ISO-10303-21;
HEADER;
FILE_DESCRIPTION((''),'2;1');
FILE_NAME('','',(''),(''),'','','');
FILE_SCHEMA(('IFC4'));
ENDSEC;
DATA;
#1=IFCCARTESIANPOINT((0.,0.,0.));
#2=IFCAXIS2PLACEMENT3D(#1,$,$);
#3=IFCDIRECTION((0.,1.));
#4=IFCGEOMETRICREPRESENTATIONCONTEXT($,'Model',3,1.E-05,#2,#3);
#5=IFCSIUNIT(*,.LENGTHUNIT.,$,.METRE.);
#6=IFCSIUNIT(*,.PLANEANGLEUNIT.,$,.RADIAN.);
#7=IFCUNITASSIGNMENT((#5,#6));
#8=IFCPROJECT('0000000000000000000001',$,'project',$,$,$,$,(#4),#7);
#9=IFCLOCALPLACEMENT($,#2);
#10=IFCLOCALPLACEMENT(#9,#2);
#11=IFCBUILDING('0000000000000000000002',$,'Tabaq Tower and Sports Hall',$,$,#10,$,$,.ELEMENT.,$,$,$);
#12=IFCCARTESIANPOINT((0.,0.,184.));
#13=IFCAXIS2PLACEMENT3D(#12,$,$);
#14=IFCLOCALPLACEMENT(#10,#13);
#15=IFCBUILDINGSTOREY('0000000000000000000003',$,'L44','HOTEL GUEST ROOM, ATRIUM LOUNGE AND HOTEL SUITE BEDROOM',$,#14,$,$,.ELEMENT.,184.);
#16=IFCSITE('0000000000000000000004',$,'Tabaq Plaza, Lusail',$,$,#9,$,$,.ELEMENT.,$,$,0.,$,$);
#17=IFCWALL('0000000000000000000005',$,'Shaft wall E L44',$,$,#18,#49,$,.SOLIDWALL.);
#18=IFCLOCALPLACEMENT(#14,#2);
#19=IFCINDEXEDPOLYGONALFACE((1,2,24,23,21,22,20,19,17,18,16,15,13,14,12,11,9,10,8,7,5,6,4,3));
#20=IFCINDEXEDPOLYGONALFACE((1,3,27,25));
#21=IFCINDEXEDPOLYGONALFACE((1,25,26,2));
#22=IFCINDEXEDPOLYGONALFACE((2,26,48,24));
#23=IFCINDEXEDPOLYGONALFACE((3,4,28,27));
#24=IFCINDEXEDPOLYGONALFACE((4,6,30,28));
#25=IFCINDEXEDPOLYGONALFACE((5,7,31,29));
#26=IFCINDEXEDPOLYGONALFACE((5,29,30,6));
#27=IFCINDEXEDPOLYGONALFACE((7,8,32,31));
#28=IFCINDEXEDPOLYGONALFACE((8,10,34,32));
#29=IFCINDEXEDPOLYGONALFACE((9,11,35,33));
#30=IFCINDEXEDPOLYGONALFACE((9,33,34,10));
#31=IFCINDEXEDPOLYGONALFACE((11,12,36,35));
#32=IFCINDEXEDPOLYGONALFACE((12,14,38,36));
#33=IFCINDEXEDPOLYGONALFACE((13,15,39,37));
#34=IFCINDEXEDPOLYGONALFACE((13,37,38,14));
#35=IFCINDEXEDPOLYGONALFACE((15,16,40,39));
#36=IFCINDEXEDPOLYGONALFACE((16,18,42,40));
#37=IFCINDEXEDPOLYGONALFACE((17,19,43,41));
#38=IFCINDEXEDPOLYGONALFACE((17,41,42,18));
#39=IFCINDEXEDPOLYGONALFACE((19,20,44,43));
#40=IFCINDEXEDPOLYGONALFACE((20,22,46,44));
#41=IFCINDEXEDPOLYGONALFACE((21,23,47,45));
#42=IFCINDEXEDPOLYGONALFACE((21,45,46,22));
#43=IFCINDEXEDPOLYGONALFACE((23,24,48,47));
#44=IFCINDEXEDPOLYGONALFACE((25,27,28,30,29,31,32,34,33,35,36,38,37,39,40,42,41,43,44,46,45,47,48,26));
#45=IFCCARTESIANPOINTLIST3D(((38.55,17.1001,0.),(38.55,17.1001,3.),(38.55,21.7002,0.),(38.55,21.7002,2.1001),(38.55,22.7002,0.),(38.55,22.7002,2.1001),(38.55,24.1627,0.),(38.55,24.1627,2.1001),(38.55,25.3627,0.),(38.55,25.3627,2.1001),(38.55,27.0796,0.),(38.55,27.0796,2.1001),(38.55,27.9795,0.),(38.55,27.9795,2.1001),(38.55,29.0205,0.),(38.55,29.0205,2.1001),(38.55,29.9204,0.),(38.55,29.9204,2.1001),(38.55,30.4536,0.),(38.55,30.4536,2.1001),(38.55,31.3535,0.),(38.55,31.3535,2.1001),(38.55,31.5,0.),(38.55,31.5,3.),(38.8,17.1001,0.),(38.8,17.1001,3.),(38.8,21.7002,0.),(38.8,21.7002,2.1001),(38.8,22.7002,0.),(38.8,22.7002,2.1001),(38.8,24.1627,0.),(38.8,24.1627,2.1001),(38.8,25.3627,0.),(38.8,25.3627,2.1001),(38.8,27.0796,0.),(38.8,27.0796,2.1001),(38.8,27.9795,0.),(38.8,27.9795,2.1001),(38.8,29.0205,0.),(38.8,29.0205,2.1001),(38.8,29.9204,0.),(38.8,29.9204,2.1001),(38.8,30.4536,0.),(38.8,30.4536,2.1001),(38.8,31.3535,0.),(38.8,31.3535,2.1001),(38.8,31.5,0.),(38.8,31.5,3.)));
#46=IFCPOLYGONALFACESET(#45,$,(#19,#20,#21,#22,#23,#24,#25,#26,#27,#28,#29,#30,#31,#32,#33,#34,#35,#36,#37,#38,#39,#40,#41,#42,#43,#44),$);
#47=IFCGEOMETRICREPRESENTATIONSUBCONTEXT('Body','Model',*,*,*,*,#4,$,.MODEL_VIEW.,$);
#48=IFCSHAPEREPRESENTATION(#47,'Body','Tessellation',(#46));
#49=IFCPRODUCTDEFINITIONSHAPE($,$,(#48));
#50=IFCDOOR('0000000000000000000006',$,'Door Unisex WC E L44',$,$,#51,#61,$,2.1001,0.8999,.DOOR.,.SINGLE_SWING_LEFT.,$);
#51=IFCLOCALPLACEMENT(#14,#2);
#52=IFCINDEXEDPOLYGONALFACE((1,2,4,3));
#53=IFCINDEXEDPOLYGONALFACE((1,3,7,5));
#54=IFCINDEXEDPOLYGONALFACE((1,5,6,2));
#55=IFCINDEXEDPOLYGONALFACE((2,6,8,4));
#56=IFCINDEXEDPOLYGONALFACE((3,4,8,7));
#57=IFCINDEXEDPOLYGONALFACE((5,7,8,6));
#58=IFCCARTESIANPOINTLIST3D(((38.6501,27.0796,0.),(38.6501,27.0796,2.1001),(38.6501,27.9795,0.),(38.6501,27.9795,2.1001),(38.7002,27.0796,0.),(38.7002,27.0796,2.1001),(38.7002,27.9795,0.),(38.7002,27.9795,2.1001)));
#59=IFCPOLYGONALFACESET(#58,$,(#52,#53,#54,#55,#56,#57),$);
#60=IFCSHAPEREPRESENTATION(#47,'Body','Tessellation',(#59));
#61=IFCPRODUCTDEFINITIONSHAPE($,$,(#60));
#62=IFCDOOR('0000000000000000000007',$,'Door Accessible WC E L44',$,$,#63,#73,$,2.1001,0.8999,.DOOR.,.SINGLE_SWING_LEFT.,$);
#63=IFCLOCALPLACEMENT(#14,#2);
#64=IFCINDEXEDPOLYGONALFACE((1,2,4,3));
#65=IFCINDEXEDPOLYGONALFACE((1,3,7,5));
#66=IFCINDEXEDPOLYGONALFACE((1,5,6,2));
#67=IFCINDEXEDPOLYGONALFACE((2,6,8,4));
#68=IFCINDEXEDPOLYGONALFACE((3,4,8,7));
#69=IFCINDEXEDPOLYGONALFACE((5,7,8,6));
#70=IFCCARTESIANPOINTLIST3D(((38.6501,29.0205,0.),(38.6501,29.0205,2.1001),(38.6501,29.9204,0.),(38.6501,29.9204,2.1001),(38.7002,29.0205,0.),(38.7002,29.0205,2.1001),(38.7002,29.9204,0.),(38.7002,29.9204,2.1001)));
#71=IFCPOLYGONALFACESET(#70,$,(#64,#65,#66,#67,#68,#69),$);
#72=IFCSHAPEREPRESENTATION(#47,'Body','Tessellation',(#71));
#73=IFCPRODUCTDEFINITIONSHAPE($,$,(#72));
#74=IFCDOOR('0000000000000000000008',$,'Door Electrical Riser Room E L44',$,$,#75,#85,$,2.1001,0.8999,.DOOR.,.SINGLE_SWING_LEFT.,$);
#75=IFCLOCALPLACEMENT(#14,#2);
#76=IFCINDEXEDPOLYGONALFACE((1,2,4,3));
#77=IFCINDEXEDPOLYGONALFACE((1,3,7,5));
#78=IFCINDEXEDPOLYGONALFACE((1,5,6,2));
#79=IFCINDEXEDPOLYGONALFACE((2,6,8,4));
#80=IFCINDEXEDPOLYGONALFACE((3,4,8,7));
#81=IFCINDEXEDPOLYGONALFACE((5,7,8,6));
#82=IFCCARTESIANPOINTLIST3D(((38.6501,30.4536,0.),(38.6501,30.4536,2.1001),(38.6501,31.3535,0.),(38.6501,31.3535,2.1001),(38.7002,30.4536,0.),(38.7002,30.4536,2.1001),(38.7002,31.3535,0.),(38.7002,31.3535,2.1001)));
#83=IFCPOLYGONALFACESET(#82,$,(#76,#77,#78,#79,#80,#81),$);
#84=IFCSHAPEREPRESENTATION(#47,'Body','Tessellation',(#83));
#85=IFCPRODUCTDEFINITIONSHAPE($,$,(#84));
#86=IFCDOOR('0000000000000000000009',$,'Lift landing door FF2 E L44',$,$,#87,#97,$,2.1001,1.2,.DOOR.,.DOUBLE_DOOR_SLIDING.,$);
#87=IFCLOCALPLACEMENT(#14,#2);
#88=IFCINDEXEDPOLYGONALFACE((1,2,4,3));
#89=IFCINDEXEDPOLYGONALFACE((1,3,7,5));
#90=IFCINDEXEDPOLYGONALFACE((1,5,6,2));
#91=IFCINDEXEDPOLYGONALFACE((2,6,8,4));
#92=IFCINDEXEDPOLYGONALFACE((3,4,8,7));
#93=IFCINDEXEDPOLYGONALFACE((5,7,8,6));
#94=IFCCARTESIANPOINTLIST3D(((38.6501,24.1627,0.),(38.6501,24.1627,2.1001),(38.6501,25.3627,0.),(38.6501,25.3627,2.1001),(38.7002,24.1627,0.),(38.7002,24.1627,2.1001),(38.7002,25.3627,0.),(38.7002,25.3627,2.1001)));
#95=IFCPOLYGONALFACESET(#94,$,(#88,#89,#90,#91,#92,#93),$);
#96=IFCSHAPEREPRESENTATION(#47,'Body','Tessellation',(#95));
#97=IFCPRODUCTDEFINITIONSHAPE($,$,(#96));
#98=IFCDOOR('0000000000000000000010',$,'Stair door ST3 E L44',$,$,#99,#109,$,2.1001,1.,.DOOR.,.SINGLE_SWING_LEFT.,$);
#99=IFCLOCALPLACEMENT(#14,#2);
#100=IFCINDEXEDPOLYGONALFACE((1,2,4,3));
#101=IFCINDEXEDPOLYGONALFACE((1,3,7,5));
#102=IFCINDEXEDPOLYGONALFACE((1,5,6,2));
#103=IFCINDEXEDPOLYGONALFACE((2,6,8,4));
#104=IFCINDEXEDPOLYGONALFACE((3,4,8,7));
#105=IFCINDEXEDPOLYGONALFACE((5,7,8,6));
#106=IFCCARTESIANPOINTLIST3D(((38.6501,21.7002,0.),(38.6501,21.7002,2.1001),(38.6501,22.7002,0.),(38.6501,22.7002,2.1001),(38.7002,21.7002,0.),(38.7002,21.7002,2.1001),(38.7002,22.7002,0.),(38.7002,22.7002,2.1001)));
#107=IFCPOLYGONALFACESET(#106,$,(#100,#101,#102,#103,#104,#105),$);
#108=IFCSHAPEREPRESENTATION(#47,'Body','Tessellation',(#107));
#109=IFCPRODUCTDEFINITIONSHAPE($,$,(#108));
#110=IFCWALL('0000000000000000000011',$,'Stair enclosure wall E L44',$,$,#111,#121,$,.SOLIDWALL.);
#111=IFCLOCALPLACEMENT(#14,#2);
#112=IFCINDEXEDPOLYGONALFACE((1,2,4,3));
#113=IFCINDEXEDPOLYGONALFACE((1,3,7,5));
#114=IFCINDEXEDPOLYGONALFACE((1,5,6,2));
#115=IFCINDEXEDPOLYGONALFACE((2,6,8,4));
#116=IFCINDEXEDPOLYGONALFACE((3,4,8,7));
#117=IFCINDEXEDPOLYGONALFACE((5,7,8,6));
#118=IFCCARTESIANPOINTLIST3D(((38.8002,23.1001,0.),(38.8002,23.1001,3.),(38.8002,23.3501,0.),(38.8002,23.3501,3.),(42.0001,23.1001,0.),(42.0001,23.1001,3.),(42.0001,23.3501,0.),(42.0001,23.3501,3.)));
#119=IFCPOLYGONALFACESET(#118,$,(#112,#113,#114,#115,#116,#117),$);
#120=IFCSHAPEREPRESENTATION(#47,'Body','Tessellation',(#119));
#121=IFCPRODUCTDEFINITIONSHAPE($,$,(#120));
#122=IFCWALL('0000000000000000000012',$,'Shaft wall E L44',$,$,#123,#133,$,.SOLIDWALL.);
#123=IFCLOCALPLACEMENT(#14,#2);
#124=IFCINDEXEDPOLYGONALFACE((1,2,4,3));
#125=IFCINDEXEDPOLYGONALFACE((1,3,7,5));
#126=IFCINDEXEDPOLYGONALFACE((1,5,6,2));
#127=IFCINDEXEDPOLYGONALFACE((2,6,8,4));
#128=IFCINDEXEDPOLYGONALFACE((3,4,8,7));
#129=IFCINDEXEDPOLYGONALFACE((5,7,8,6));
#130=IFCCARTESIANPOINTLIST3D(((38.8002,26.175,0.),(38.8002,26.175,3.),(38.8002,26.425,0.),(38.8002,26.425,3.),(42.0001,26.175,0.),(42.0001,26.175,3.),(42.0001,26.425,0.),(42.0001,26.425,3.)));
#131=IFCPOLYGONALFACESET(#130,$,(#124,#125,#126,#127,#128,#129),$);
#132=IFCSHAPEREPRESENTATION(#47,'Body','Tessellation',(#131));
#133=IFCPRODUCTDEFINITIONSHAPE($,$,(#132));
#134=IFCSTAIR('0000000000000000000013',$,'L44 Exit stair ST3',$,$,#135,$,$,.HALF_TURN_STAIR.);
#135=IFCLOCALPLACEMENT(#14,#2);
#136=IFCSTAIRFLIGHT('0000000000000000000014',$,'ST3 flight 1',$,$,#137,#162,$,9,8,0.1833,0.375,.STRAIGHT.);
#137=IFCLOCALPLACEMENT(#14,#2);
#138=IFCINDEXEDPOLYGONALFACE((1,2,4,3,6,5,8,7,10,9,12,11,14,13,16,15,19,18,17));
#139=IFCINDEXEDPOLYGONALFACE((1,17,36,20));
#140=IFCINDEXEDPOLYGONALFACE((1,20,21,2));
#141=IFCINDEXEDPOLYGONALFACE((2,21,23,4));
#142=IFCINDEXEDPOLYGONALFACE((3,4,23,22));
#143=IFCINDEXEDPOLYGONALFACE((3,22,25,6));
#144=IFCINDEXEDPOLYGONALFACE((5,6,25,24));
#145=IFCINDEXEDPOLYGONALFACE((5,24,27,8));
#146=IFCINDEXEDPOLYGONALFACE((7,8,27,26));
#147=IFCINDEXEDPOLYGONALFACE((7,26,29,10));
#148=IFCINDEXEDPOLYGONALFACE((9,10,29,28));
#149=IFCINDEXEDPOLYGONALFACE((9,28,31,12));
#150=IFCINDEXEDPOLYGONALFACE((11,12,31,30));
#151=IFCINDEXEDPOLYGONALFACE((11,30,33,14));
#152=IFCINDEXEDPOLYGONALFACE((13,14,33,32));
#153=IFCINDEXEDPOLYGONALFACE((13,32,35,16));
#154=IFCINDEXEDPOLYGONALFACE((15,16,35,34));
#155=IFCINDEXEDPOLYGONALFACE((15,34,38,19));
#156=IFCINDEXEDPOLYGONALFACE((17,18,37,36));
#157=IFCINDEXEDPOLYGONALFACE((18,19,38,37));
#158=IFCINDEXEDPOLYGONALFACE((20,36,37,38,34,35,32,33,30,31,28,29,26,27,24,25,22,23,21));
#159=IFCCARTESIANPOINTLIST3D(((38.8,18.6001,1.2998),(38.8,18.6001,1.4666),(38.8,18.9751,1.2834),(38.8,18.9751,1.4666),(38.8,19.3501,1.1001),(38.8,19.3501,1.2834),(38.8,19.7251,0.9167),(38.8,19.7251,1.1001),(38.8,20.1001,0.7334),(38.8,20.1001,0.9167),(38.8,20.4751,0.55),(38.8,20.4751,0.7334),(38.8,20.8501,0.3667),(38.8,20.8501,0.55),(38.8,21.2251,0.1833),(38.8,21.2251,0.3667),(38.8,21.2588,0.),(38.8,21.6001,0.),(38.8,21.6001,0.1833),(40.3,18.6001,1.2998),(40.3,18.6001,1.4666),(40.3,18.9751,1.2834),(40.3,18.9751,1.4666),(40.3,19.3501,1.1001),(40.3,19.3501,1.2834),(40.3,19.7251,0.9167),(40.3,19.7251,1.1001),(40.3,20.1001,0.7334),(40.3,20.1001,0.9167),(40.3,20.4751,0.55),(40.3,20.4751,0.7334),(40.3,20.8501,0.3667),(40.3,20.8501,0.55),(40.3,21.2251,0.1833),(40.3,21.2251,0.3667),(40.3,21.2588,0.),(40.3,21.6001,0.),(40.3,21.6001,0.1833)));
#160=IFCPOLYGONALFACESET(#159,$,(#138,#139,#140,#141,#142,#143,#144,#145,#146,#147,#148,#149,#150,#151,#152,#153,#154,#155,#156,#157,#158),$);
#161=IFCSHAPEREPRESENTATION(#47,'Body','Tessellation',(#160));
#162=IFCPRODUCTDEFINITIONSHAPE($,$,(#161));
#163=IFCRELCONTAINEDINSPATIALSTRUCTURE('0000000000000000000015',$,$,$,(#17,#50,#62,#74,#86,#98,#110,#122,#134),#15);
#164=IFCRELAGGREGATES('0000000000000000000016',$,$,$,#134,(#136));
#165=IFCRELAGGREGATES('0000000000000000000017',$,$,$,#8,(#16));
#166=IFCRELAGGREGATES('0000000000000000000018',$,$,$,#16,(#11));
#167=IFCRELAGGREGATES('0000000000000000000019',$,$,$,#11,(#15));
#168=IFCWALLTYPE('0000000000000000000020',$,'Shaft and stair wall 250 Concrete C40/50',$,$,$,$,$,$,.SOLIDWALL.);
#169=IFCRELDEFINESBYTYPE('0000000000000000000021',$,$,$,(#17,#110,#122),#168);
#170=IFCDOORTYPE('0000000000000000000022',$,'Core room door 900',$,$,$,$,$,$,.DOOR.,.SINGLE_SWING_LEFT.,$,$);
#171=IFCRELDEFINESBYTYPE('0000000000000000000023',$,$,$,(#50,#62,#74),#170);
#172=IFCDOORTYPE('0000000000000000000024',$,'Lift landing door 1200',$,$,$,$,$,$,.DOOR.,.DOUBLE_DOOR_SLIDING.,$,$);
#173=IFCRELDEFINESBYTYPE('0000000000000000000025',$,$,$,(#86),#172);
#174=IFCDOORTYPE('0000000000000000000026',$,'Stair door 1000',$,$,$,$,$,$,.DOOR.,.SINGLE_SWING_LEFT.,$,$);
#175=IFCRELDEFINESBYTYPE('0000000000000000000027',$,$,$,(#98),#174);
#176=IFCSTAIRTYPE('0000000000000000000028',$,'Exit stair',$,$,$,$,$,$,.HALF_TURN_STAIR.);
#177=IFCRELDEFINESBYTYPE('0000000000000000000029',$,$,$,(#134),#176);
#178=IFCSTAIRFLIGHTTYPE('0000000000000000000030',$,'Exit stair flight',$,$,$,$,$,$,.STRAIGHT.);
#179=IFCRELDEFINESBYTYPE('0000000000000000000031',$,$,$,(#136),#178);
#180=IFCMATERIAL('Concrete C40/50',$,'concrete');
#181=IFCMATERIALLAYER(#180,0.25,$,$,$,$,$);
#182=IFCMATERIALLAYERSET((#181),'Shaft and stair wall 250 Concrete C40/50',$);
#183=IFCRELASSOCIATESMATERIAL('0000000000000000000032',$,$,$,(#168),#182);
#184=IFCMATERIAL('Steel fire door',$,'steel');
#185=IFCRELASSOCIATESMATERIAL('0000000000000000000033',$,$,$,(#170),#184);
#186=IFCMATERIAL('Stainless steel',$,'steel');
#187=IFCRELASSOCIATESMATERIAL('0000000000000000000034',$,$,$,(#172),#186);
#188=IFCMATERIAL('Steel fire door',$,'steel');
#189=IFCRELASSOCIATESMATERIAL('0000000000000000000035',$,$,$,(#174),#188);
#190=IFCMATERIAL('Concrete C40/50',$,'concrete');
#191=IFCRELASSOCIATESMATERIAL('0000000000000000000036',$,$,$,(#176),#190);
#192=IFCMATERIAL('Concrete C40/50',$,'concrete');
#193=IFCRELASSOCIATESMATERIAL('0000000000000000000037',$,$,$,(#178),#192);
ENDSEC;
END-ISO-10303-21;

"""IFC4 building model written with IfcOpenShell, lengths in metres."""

from ifc_helpers import new_model, si_unit, direction, frame, frame_2d, origin, place, context, subcontext, project, spatial, polyline, rectangle, outline, extrude, material, layer, layer_set, type_object, element, fill, aggregate, save


model = new_model("IFC4")

# Units and contexts
model_context = context("Model", 3, precision=1e-05, world=origin(), true_north=direction((0.0, 1.0)))
body_context = subcontext(model_context, "Body", "Model", "MODEL_VIEW")
ifc_project = project(units=[si_unit("LENGTHUNIT", "METRE"), si_unit("PLANEANGLEUNIT", "RADIAN")], contexts=[model_context])

# Site, building, storey
site_placement = place(None, origin())
site = spatial("IfcSite", under=ifc_project, at=site_placement, Name="Tabaq Plaza, Lusail", CompositionType="ELEMENT", RefElevation=0.0)
building_placement = place(site_placement, origin())
building = spatial("IfcBuilding", under=site, at=building_placement, Name="Tabaq Tower and Sports Hall", CompositionType="ELEMENT")
storey_placement = place(building_placement, frame((0.0, 0.0, 184.0)))
storey = spatial("IfcBuildingStorey", under=building, at=storey_placement, Name="L44", Description="HOTEL GUEST ROOM, ATRIUM LOUNGE AND HOTEL SUITE BEDROOM", CompositionType="ELEMENT", Elevation=184.0)

# Wall, openings, doors
ifc_material_1 = material(Name="Concrete C40/50", Category="concrete")
ifc_layer_1 = layer(ifc_material_1, 0.25)
ifc_layer_set_1 = layer_set([ifc_layer_1], Name="Shaft and stair wall 250 Concrete C40/50")
wall_type_1 = type_object("IfcWallType", Name="Shaft and stair wall 250 Concrete C40/50", PredefinedType="SOLIDWALL", material=ifc_layer_set_1)
wall_1_placement = place(storey_placement, frame((38.675, 17.1001, 0.0), z_axis=(0.0, 0.0, 1.0), x_axis=(0.0, 1.0, 0.0)))
wall_1 = element("IfcWall", 1, at=wall_1_placement, inside=storey, type_object=wall_type_1, Name="Shaft wall E L44", PredefinedType="SOLIDWALL", context=body_context, shape_type="SweptSolid", body=[
    extrude(rectangle(XDim=14.3999, YDim=0.25, at=frame_2d((7.2, 0.0))), origin(), (0.0, 0.0, 1.0), 3.0),
])
opening_1_placement = place(wall_1_placement, frame((4.6001, 0.0, 0.0)))
opening_1 = element("IfcOpeningElement", 2, at=opening_1_placement, cuts=wall_1, PredefinedType="OPENING", context=body_context, shape_type="SweptSolid", body=[
    extrude(rectangle(XDim=1.0, YDim=2.1001, at=frame_2d((0.5, 1.05))), frame((0.0, 0.125, 0.0), z_axis=(0.0, -1.0, 0.0), x_axis=(1.0, 0.0, 0.0)), (0.0, 0.0, 1.0), 0.25),
])
opening_2_placement = place(wall_1_placement, frame((7.0625, 0.0, 0.0)))
opening_2 = element("IfcOpeningElement", 3, at=opening_2_placement, cuts=wall_1, PredefinedType="OPENING", context=body_context, shape_type="SweptSolid", body=[
    extrude(rectangle(XDim=1.2, YDim=2.1001, at=frame_2d((0.6001, 1.05))), frame((0.0, 0.125, 0.0), z_axis=(0.0, -1.0, 0.0), x_axis=(1.0, 0.0, 0.0)), (0.0, 0.0, 1.0), 0.25),
])
opening_3_placement = place(wall_1_placement, frame((9.9795, 0.0, 0.0)))
opening_3 = element("IfcOpeningElement", 4, at=opening_3_placement, cuts=wall_1, PredefinedType="OPENING", context=body_context, shape_type="SweptSolid", body=[
    extrude(rectangle(XDim=0.8999, YDim=2.1001, at=frame_2d((0.45, 1.05))), frame((0.0, 0.125, 0.0), z_axis=(0.0, -1.0, 0.0), x_axis=(1.0, 0.0, 0.0)), (0.0, 0.0, 1.0), 0.25),
])
opening_4_placement = place(wall_1_placement, frame((11.9204, 0.0, 0.0)))
opening_4 = element("IfcOpeningElement", 5, at=opening_4_placement, cuts=wall_1, PredefinedType="OPENING", context=body_context, shape_type="SweptSolid", body=[
    extrude(rectangle(XDim=0.8999, YDim=2.1001, at=frame_2d((0.45, 1.05))), frame((0.0, 0.125, 0.0), z_axis=(0.0, -1.0, 0.0), x_axis=(1.0, 0.0, 0.0)), (0.0, 0.0, 1.0), 0.25),
])
opening_5_placement = place(wall_1_placement, frame((13.3535, 0.0, 0.0)))
opening_5 = element("IfcOpeningElement", 6, at=opening_5_placement, cuts=wall_1, PredefinedType="OPENING", context=body_context, shape_type="SweptSolid", body=[
    extrude(rectangle(XDim=0.8999, YDim=2.1001, at=frame_2d((0.45, 1.05))), frame((0.0, 0.125, 0.0), z_axis=(0.0, -1.0, 0.0), x_axis=(1.0, 0.0, 0.0)), (0.0, 0.0, 1.0), 0.25),
])
ifc_material_2 = material(Name="Steel fire door", Category="steel")
door_type_1 = type_object("IfcDoorType", Name="Core room door 900", OperationType="SINGLE_SWING_LEFT", PredefinedType="DOOR", material=ifc_material_2)
door_1_placement = place(opening_3_placement, origin())
door_1 = element("IfcDoor", 7, at=door_1_placement, inside=storey, type_object=door_type_1, Name="Door Unisex WC E L44", OperationType="SINGLE_SWING_LEFT", OverallHeight=2.1001, OverallWidth=0.8999, PredefinedType="DOOR", context=body_context, shape_type="SweptSolid", body=[
    extrude(rectangle(XDim=0.8999, YDim=2.1001, at=frame_2d((0.45, 1.05))), frame((0.0, 0.0249, 0.0), z_axis=(0.0, -1.0, 0.0), x_axis=(1.0, 0.0, 0.0)), (0.0, 0.0, 1.0), 0.05),
])
fill(opening_3, door_1)
door_2_placement = place(opening_4_placement, origin())
door_2 = element("IfcDoor", 8, at=door_2_placement, inside=storey, type_object=door_type_1, Name="Door Accessible WC E L44", OperationType="SINGLE_SWING_LEFT", OverallHeight=2.1001, OverallWidth=0.8999, PredefinedType="DOOR", context=body_context, shape_type="SweptSolid", body=[
    extrude(rectangle(XDim=0.8999, YDim=2.1001, at=frame_2d((0.45, 1.05))), frame((0.0, 0.0249, 0.0), z_axis=(0.0, -1.0, 0.0), x_axis=(1.0, 0.0, 0.0)), (0.0, 0.0, 1.0), 0.05),
])
fill(opening_4, door_2)
door_3_placement = place(opening_5_placement, origin())
door_3 = element("IfcDoor", 9, at=door_3_placement, inside=storey, type_object=door_type_1, Name="Door Electrical Riser Room E L44", OperationType="SINGLE_SWING_LEFT", OverallHeight=2.1001, OverallWidth=0.8999, PredefinedType="DOOR", context=body_context, shape_type="SweptSolid", body=[
    extrude(rectangle(XDim=0.8999, YDim=2.1001, at=frame_2d((0.45, 1.05))), frame((0.0, 0.0249, 0.0), z_axis=(0.0, -1.0, 0.0), x_axis=(1.0, 0.0, 0.0)), (0.0, 0.0, 1.0), 0.05),
])
fill(opening_5, door_3)
ifc_material_3 = material(Name="Stainless steel", Category="steel")
door_type_2 = type_object("IfcDoorType", Name="Lift landing door 1200", OperationType="DOUBLE_DOOR_SLIDING", PredefinedType="DOOR", material=ifc_material_3)
door_4_placement = place(opening_2_placement, origin())
door_4 = element("IfcDoor", 10, at=door_4_placement, inside=storey, type_object=door_type_2, Name="Lift landing door FF2 E L44", OperationType="DOUBLE_DOOR_SLIDING", OverallHeight=2.1001, OverallWidth=1.2, PredefinedType="DOOR", context=body_context, shape_type="SweptSolid", body=[
    extrude(rectangle(XDim=1.2, YDim=2.1001, at=frame_2d((0.6001, 1.05))), frame((0.0, 0.0249, 0.0), z_axis=(0.0, -1.0, 0.0), x_axis=(1.0, 0.0, 0.0)), (0.0, 0.0, 1.0), 0.05),
])
fill(opening_2, door_4)
ifc_material_4 = material(Name="Steel fire door", Category="steel")
door_type_3 = type_object("IfcDoorType", Name="Stair door 1000", OperationType="SINGLE_SWING_LEFT", PredefinedType="DOOR", material=ifc_material_4)
door_5_placement = place(opening_1_placement, origin())
door_5 = element("IfcDoor", 11, at=door_5_placement, inside=storey, type_object=door_type_3, Name="Stair door ST3 E L44", OperationType="SINGLE_SWING_LEFT", OverallHeight=2.1001, OverallWidth=1.0, PredefinedType="DOOR", context=body_context, shape_type="SweptSolid", body=[
    extrude(rectangle(XDim=1.0, YDim=2.1001, at=frame_2d((0.5, 1.05))), frame((0.0, 0.0249, 0.0), z_axis=(0.0, -1.0, 0.0), x_axis=(1.0, 0.0, 0.0)), (0.0, 0.0, 1.0), 0.05),
])
fill(opening_1, door_5)

# Walls
for number, where, z_axis, x_axis, name in (
    (12, (38.8, 23.2251, 0.0), (0.0, 0.0, 1.0), (1.0, 0.0, 0.0), "Stair enclosure wall E L44"),
    (13, (38.8, 26.3, 0.0), (0.0, 0.0, 1.0), (1.0, 0.0, 0.0), "Shaft wall E L44"),
):
    element("IfcWall", number, at=place(storey_placement, frame(where, z_axis=z_axis, x_axis=x_axis)), inside=storey, type_object=wall_type_1, Name=name, PredefinedType="SOLIDWALL", context=body_context, shape_type="SweptSolid", body=[
        extrude(rectangle(XDim=3.2, YDim=0.25, at=frame_2d((1.6001, 0.0))), origin(), (0.0, 0.0, 1.0), 3.0),
    ])

# Stair, stair flight
ifc_material_5 = material(Name="Concrete C40/50", Category="concrete")
stair_type = type_object("IfcStairType", Name="Exit stair", PredefinedType="HALF_TURN_STAIR", material=ifc_material_5)
stair_placement = place(storey_placement, origin())
stair = element("IfcStair", 14, at=stair_placement, inside=storey, type_object=stair_type, Name="L44 Exit stair ST3", PredefinedType="HALF_TURN_STAIR")
ifc_material_6 = material(Name="Concrete C40/50", Category="concrete")
stair_flight_type = type_object("IfcStairFlightType", Name="Exit stair flight", PredefinedType="STRAIGHT", material=ifc_material_6)
stair_flight_1_placement = place(storey_placement, frame((39.55, 21.6001, 0.0), z_axis=(0.0, 0.0, 1.0), x_axis=(0.0, -1.0, 0.0)))
stair_flight_1 = element("IfcStairFlight", 15, at=stair_flight_1_placement, type_object=stair_flight_type, Name="ST3 flight 1", NumberOfRisers=9, NumberOfTreads=8, PredefinedType="STRAIGHT", RiserHeight=0.1833, TreadLength=0.375, context=body_context, shape_type="SweptSolid", body=[
    extrude(outline(polyline([(0.0, 0.0), (0.0, 0.1833), (0.375, 0.1833), (0.375, 0.3667), (0.75, 0.3667), (0.75, 0.55), (1.125, 0.55), (1.125, 0.7334), (1.5, 0.7334), (1.5, 0.9167), (1.875, 0.9167), (1.875, 1.1001), (2.25, 1.1001), (2.25, 1.2834), (2.625, 1.2834), (2.625, 1.4666), (3.0, 1.4666), (3.0, 1.6499), (3.0, 1.2998), (0.3413, 0.0), (0.0, 0.0)])), frame((0.0, 0.75, 0.0), z_axis=(0.0, -1.0, 0.0), x_axis=(1.0, 0.0, 0.0)), (0.0, 0.0, 1.0), 1.5),
])
aggregate(stair, [stair_flight_1])

save(model, "model.ifc")
